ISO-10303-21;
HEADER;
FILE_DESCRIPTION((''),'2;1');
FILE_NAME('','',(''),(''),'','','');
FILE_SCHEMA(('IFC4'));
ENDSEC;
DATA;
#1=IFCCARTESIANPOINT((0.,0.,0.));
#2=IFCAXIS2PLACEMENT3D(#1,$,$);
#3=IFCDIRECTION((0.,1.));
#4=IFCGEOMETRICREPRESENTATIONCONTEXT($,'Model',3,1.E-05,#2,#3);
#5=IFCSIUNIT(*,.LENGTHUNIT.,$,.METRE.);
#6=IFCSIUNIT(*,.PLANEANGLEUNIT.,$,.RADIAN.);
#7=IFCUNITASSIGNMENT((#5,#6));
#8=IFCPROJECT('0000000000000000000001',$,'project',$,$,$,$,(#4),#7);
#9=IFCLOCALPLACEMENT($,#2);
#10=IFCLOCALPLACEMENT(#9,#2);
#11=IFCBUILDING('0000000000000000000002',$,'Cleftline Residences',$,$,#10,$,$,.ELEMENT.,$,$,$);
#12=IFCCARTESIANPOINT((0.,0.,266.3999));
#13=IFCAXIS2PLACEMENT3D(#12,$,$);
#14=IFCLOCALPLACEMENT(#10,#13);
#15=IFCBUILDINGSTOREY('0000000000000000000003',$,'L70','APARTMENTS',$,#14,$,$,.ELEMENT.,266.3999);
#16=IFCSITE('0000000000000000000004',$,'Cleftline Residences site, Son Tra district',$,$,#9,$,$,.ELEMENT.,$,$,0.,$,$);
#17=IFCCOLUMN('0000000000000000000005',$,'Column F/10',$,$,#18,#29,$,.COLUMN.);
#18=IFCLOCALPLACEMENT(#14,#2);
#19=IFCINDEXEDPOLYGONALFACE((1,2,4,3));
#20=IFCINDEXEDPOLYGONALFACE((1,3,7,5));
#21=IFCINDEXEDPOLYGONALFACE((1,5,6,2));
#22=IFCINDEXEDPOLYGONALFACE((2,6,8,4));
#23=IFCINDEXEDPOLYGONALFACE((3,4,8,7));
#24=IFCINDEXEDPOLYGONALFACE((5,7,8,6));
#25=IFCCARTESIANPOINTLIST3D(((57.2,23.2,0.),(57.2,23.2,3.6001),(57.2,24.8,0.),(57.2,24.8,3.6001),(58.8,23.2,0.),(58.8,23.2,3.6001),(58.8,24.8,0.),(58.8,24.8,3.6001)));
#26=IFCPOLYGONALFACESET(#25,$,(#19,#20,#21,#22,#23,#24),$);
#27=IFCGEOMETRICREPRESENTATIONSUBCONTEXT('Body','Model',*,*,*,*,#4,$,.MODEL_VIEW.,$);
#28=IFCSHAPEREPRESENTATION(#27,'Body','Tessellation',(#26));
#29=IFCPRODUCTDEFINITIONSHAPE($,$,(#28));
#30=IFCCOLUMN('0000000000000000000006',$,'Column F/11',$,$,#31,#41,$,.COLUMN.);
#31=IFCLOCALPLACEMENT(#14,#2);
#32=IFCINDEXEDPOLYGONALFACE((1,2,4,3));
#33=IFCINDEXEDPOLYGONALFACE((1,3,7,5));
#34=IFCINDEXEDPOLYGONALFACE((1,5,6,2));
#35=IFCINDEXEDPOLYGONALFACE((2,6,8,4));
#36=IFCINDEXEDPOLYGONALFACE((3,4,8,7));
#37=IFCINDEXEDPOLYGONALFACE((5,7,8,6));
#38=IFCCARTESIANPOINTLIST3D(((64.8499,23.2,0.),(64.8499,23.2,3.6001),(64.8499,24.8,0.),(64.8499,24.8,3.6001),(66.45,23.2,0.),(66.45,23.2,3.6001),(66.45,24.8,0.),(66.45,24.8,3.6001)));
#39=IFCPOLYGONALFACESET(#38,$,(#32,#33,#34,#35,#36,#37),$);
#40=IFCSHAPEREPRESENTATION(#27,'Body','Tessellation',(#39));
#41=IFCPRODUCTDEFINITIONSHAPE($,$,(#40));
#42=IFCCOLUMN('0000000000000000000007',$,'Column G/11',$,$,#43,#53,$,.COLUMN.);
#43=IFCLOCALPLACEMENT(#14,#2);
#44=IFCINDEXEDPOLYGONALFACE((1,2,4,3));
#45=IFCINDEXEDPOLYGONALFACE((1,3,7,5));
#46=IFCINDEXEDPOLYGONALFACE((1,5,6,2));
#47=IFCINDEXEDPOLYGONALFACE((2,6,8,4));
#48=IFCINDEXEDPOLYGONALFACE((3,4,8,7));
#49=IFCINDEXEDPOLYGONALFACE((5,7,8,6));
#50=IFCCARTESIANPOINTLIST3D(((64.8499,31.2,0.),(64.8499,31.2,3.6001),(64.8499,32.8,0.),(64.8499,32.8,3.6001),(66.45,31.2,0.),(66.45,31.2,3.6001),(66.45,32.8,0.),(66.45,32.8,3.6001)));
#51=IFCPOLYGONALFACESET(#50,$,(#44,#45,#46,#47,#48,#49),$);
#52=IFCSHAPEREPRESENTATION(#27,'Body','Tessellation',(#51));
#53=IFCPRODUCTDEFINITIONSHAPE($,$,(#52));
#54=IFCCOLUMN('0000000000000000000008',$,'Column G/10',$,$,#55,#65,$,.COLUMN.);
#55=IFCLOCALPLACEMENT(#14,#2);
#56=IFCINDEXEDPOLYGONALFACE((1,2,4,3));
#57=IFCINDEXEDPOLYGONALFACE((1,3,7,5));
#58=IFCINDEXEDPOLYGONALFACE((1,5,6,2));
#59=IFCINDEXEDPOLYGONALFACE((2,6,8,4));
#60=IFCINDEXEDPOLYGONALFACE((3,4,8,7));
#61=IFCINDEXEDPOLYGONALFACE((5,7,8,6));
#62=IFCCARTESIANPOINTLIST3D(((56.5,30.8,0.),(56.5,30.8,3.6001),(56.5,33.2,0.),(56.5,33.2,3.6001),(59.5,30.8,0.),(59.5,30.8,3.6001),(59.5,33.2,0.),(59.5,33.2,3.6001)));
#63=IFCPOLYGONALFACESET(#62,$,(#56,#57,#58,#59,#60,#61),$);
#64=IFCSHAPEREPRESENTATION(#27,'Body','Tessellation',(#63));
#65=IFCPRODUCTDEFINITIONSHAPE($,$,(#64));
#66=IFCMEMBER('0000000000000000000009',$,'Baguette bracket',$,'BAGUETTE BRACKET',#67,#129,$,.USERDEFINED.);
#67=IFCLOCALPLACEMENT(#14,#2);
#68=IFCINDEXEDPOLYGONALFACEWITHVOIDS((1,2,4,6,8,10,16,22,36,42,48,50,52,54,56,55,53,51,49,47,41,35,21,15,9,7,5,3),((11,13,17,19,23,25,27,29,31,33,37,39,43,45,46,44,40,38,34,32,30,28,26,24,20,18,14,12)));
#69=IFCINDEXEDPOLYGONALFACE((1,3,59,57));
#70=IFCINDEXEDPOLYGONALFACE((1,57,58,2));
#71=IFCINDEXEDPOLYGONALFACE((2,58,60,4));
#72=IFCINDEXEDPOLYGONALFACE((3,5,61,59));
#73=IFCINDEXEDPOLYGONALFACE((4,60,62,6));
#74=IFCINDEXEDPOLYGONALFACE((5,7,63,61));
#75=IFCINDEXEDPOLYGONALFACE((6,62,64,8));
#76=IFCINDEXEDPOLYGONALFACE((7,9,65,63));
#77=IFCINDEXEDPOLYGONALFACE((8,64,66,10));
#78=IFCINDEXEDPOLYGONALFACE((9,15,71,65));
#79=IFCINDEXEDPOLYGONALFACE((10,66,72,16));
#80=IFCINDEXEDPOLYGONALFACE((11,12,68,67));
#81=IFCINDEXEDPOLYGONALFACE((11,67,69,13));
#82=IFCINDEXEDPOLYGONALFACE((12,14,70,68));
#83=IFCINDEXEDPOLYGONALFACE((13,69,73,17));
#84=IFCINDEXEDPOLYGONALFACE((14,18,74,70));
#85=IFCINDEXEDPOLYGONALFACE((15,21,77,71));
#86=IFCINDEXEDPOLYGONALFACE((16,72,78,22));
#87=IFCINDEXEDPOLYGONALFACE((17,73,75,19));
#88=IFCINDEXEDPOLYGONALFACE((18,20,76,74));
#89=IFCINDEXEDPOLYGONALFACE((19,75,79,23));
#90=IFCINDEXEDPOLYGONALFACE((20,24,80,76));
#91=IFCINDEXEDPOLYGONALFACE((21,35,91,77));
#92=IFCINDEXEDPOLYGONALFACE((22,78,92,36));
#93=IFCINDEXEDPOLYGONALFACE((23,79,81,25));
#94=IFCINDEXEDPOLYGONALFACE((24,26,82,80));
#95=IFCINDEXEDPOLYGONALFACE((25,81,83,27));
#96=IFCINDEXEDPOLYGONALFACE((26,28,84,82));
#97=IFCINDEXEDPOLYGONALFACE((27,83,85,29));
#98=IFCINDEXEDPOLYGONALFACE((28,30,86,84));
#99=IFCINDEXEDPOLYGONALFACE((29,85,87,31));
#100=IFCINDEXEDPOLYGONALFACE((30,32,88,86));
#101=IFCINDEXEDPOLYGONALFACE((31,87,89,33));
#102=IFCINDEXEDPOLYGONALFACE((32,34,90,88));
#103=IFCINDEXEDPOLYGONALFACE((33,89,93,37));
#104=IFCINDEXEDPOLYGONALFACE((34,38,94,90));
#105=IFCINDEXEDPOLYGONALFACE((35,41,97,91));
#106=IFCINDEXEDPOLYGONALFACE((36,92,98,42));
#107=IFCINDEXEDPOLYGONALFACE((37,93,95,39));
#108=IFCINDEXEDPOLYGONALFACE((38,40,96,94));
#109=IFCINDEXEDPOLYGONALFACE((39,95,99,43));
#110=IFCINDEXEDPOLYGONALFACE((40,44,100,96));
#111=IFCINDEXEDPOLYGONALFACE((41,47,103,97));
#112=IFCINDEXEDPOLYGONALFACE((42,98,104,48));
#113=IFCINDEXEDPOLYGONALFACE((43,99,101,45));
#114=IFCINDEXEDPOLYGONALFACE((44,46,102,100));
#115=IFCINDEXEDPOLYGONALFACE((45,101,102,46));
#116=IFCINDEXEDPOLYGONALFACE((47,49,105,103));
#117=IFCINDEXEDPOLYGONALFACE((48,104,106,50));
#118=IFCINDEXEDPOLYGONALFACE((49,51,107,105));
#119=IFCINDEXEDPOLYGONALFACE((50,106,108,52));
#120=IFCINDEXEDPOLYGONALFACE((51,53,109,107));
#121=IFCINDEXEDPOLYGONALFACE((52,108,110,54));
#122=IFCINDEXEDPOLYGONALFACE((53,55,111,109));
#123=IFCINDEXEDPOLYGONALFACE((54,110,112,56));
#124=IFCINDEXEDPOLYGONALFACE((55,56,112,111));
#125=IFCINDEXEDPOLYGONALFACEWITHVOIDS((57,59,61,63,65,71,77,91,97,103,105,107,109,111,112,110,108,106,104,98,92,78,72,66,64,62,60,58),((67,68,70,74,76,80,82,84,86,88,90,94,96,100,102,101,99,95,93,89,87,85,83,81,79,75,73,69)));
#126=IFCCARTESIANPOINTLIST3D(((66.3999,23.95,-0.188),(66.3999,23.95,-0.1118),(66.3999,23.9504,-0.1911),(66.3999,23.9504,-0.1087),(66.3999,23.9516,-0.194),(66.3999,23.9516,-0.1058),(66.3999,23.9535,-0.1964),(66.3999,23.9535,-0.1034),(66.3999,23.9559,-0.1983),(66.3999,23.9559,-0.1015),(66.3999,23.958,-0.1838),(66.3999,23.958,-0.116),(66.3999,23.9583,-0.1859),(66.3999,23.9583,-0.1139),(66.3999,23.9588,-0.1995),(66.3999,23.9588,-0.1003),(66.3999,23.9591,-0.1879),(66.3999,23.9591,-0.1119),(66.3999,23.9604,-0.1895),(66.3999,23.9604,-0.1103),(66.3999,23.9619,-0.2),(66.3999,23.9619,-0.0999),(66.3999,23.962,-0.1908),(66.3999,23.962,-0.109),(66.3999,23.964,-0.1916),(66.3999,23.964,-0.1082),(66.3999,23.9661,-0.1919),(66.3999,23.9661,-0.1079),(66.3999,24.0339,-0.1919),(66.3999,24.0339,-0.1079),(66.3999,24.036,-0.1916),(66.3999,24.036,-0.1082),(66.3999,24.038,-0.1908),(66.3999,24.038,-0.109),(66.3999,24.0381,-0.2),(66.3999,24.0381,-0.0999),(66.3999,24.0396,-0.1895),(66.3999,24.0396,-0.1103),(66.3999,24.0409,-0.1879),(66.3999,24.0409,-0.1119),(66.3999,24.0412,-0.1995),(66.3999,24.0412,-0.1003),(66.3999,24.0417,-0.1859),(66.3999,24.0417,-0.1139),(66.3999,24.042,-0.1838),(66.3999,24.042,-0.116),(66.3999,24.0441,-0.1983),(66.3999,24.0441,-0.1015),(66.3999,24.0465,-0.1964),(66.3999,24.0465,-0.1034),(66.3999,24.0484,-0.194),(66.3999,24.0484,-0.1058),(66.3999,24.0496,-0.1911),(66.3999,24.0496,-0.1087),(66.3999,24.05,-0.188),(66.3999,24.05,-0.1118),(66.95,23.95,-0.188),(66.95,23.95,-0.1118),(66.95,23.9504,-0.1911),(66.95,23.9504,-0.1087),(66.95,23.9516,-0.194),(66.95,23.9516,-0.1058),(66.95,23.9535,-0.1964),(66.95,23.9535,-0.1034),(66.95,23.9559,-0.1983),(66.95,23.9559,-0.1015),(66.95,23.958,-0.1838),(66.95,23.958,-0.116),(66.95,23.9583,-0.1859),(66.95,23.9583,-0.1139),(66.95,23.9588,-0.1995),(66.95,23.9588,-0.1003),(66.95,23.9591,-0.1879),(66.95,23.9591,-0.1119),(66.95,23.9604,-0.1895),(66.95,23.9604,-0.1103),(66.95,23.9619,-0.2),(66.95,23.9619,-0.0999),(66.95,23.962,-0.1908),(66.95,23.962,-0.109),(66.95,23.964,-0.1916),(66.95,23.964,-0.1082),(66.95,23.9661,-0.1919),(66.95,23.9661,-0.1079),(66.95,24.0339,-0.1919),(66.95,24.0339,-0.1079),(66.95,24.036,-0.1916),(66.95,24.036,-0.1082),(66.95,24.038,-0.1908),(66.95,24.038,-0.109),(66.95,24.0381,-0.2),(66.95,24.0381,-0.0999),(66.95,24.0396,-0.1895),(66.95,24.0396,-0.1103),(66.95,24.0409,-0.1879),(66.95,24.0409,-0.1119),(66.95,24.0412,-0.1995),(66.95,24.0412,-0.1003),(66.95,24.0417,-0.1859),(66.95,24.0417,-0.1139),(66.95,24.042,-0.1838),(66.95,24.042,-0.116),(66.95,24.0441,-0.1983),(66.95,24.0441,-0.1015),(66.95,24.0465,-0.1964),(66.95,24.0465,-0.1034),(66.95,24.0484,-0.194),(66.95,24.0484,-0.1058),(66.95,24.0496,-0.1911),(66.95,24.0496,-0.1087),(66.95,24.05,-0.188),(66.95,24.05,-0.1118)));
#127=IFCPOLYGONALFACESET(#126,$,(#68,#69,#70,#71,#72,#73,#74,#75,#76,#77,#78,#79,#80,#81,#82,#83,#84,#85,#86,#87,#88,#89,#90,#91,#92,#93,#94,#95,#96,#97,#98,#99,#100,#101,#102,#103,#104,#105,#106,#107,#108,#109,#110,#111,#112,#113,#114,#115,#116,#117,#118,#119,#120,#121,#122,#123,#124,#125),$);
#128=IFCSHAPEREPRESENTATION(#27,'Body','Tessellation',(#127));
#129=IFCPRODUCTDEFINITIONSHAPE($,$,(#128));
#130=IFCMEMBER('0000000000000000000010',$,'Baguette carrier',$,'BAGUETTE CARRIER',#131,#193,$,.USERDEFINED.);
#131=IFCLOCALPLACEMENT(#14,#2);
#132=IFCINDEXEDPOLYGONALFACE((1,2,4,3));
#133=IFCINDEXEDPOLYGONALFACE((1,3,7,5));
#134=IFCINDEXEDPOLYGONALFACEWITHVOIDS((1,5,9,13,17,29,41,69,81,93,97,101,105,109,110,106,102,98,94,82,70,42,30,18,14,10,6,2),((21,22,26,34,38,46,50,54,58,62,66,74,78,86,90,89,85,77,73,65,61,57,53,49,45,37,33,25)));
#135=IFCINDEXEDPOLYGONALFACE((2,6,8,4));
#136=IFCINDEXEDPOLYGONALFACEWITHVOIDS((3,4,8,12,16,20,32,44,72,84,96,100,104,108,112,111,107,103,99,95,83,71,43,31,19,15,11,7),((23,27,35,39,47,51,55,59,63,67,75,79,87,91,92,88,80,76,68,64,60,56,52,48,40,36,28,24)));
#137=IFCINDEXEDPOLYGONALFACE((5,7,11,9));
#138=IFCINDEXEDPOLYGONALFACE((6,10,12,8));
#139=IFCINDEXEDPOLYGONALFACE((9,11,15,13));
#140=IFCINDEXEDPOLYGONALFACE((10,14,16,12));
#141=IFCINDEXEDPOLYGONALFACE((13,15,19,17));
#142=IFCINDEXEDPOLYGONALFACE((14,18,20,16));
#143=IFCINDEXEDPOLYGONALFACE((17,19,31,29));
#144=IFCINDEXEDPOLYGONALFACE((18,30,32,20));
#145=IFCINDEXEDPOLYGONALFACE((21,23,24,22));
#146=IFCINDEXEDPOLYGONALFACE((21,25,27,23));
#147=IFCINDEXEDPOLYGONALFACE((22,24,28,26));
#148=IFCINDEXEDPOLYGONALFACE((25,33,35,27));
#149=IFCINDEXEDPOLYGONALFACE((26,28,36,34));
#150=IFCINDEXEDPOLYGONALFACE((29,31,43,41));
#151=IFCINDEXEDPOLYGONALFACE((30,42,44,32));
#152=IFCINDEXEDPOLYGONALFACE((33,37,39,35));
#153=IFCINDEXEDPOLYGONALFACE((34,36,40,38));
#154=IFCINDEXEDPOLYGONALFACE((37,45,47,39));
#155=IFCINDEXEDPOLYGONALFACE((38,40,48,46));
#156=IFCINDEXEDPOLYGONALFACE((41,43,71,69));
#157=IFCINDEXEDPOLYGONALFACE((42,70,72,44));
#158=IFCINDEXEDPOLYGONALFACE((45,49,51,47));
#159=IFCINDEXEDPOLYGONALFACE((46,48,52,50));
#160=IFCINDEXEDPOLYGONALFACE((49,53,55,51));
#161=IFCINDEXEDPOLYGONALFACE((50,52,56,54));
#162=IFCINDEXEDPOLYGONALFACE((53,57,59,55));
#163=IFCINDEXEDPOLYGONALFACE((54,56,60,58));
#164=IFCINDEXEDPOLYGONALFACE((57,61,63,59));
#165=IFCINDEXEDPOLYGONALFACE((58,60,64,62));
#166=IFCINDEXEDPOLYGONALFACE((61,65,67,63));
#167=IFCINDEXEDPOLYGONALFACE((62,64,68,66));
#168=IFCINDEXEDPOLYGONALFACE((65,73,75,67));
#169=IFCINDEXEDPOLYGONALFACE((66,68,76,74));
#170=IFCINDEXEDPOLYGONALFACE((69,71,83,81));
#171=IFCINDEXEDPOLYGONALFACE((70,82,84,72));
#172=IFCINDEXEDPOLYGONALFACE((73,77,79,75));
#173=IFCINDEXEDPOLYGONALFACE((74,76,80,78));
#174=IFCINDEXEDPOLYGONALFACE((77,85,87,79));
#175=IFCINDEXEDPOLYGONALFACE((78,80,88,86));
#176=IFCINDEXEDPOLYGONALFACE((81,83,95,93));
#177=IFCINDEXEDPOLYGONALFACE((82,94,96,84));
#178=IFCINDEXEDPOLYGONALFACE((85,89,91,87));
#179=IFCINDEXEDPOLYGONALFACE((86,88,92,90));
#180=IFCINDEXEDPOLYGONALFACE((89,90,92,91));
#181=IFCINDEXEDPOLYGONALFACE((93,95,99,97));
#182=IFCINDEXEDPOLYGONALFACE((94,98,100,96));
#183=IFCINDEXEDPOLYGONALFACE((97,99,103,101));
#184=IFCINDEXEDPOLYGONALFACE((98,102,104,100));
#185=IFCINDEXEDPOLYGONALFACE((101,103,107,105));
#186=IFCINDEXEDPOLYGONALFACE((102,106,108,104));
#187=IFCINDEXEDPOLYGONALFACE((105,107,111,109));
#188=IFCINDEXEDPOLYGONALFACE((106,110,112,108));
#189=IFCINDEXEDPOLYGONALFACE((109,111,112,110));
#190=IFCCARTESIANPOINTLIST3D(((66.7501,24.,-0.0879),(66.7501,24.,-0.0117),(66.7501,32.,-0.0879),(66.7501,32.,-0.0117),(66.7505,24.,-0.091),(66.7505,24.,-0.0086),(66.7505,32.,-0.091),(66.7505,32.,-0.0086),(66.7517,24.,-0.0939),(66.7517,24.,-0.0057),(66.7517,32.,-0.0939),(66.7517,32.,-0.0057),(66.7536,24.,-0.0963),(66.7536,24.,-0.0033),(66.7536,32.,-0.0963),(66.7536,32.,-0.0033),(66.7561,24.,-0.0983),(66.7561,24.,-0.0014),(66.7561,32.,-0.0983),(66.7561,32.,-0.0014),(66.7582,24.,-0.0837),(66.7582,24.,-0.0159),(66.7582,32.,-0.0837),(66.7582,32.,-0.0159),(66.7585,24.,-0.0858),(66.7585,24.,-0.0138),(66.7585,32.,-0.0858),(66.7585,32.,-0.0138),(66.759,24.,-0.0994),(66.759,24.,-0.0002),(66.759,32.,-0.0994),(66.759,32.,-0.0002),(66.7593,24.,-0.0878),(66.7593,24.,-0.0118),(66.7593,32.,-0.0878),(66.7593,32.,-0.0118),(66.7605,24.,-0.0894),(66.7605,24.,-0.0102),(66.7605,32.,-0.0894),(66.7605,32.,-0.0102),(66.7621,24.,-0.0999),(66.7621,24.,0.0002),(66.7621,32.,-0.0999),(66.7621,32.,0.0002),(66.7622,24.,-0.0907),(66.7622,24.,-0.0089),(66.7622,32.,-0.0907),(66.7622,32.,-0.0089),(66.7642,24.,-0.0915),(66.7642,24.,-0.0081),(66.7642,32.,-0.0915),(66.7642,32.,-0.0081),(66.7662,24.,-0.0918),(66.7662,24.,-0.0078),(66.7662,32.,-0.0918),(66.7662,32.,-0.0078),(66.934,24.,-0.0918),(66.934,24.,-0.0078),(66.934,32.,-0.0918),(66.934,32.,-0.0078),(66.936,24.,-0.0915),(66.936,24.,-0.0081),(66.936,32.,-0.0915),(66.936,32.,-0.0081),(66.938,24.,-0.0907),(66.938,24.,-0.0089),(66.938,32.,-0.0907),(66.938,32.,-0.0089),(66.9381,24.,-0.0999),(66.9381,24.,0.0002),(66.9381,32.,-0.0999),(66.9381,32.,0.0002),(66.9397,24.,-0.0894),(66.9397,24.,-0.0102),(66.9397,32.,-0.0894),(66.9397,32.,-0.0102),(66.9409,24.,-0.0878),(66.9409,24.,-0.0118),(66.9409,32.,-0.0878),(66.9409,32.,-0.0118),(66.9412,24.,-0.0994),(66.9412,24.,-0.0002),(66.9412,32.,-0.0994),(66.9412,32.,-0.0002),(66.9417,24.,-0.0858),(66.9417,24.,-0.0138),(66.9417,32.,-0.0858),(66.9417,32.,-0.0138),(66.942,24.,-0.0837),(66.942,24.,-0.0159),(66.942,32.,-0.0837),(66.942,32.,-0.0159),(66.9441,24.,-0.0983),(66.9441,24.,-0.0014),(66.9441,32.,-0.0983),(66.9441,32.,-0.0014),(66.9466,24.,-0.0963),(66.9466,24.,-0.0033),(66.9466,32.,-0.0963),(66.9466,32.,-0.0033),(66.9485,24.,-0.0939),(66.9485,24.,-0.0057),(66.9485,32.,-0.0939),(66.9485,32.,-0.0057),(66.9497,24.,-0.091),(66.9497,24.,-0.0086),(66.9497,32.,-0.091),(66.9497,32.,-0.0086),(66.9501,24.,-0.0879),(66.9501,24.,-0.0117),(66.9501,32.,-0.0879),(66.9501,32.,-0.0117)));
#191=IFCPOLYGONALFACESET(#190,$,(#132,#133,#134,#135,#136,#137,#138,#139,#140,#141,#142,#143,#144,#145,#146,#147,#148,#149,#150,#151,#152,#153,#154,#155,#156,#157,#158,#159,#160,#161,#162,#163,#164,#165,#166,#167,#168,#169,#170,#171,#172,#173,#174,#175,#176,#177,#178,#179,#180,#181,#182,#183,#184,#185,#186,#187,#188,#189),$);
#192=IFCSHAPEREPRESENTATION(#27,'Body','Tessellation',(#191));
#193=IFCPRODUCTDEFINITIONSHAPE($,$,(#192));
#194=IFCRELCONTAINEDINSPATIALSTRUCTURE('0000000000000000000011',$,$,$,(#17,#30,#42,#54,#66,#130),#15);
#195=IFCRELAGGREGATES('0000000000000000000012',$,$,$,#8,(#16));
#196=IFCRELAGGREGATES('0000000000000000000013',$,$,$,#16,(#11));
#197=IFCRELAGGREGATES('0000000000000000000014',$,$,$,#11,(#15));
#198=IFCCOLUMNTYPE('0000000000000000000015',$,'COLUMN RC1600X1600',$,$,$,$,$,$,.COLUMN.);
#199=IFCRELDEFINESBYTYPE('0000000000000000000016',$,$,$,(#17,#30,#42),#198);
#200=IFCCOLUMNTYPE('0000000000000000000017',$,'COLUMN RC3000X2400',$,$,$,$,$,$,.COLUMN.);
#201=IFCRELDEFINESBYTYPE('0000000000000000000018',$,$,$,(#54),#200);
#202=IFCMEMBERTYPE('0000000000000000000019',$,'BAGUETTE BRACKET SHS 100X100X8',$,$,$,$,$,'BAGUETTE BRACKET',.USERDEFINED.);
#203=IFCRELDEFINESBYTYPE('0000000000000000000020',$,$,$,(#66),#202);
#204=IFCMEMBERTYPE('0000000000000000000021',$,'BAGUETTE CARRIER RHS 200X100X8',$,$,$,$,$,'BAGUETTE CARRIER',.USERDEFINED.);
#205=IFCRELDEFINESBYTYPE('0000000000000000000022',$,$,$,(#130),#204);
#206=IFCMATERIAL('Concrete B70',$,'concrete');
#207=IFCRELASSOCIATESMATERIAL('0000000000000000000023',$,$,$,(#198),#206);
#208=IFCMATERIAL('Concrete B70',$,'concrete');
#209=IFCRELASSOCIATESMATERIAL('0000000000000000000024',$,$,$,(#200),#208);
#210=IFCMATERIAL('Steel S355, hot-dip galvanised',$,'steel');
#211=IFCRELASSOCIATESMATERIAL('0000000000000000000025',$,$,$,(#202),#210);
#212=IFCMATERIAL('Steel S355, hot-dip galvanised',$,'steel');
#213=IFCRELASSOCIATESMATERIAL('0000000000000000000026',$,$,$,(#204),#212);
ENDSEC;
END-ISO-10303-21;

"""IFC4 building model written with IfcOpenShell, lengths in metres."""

from ifc_helpers import new_model, si_unit, direction, frame, origin, origin_2d, place, context, subcontext, project, spatial, rectangle, hollow_rectangle, extrude, material, material_profile, profile_set, type_object, element, save


model = new_model("IFC4")

# Units and contexts
model_context = context("Model", 3, precision=1e-05, world=origin(), true_north=direction((0.0, 1.0)))
body_context = subcontext(model_context, "Body", "Model", "MODEL_VIEW")
ifc_project = project(units=[si_unit("LENGTHUNIT", "METRE"), si_unit("PLANEANGLEUNIT", "RADIAN")], contexts=[model_context])

# Site, building, storey
site_placement = place(None, origin())
site = spatial("IfcSite", under=ifc_project, at=site_placement, Name="Cleftline Residences site, Son Tra district", CompositionType="ELEMENT", RefElevation=0.0)
building_placement = place(site_placement, origin())
building = spatial("IfcBuilding", under=site, at=building_placement, Name="Cleftline Residences", CompositionType="ELEMENT")
storey_placement = place(building_placement, frame((0.0, 0.0, 266.3999)))
storey = spatial("IfcBuildingStorey", under=building, at=storey_placement, Name="L70", Description="APARTMENTS", CompositionType="ELEMENT", Elevation=266.3999)

# Columns
ifc_material_1 = material(Name="Concrete B70", Category="concrete")
ifc_material_profile_1 = material_profile(ifc_material_1, rectangle(XDim=1.6001, YDim=1.6001, at=origin_2d()))
ifc_profile_set_1 = profile_set([ifc_material_profile_1], Name="Concrete B70")
column_type_1 = type_object("IfcColumnType", Name="COLUMN RC1600X1600", PredefinedType="COLUMN", material=ifc_profile_set_1)
for number, where, z_axis, x_axis, name in (
    (1, (58.0, 24.0, 0.0), (0.0, 0.0, 1.0), (1.0, 0.0, 0.0), "Column F/10"),
    (2, (65.6499, 24.0, 0.0), (0.0, 0.0, 1.0), (1.0, 0.0, 0.0), "Column F/11"),
    (3, (65.6499, 32.0, 0.0), (0.0, 0.0, 1.0), (1.0, 0.0, 0.0), "Column G/11"),
):
    element("IfcColumn", number, at=place(storey_placement, frame(where, z_axis=z_axis, x_axis=x_axis)), inside=storey, type_object=column_type_1, Name=name, PredefinedType="COLUMN", context=body_context, shape_type="SweptSolid", body=[
        extrude(rectangle(XDim=1.6001, YDim=1.6001, at=origin_2d()), origin(), (0.0, 0.0, 1.0), 3.6001),
    ])
ifc_material_2 = material(Name="Concrete B70", Category="concrete")
ifc_material_profile_2 = material_profile(ifc_material_2, rectangle(XDim=3.0, YDim=2.3999, at=origin_2d()))
ifc_profile_set_2 = profile_set([ifc_material_profile_2], Name="Concrete B70")
column_type_2 = type_object("IfcColumnType", Name="COLUMN RC3000X2400", PredefinedType="COLUMN", material=ifc_profile_set_2)
column_placement = place(storey_placement, frame((58.0, 32.0, 0.0), z_axis=(0.0, 0.0, 1.0), x_axis=(1.0, 0.0, 0.0)))
element("IfcColumn", 4, at=column_placement, inside=storey, type_object=column_type_2, Name="Column G/10", PredefinedType="COLUMN", context=body_context, shape_type="SweptSolid", body=[
    extrude(rectangle(XDim=3.0, YDim=2.3999, at=origin_2d()), origin(), (0.0, 0.0, 1.0), 3.6001),
])

# Members
ifc_material_3 = material(Name="Steel S355, hot-dip galvanised", Category="steel")
ifc_material_profile_3 = material_profile(ifc_material_3, hollow_rectangle(XDim=0.1001, YDim=0.1001, WallThickness=0.0081, InnerFilletRadius=0.0081, OuterFilletRadius=0.012, at=origin_2d()))
ifc_profile_set_3 = profile_set([ifc_material_profile_3], Name="Steel S355, hot-dip galvanised")
member_type_1 = type_object("IfcMemberType", Name="BAGUETTE BRACKET SHS 100X100X8", ElementType="BAGUETTE BRACKET", PredefinedType="USERDEFINED", material=ifc_profile_set_3)
member_1_placement = place(storey_placement, frame((66.3999, 24.0, -0.1499), z_axis=(1.0, 0.0, 0.0), x_axis=(0.0, 1.0, 0.0)))
element("IfcMember", 5, at=member_1_placement, inside=storey, type_object=member_type_1, Name="Baguette bracket", ObjectType="BAGUETTE BRACKET", PredefinedType="USERDEFINED", context=body_context, shape_type="SweptSolid", body=[
    extrude(hollow_rectangle(XDim=0.1001, YDim=0.1001, WallThickness=0.0081, InnerFilletRadius=0.0081, OuterFilletRadius=0.012, at=origin_2d()), origin(), (0.0, 0.0, 1.0), 0.55),
])
ifc_material_4 = material(Name="Steel S355, hot-dip galvanised", Category="steel")
ifc_material_profile_4 = material_profile(ifc_material_4, hollow_rectangle(XDim=0.1001, YDim=0.2, WallThickness=0.0081, InnerFilletRadius=0.0081, OuterFilletRadius=0.012, at=origin_2d()))
ifc_profile_set_4 = profile_set([ifc_material_profile_4], Name="Steel S355, hot-dip galvanised")
member_type_2 = type_object("IfcMemberType", Name="BAGUETTE CARRIER RHS 200X100X8", ElementType="BAGUETTE CARRIER", PredefinedType="USERDEFINED", material=ifc_profile_set_4)
member_2_placement = place(storey_placement, frame((66.8501, 24.0, -0.0498), z_axis=(0.0, 1.0, 0.0), x_axis=(0.0, 0.0, 1.0)))
element("IfcMember", 6, at=member_2_placement, inside=storey, type_object=member_type_2, Name="Baguette carrier", ObjectType="BAGUETTE CARRIER", PredefinedType="USERDEFINED", context=body_context, shape_type="SweptSolid", body=[
    extrude(hollow_rectangle(XDim=0.1001, YDim=0.2, WallThickness=0.0081, InnerFilletRadius=0.0081, OuterFilletRadius=0.012, at=origin_2d()), origin(), (0.0, 0.0, 1.0), 8.0),
])

save(model, "model.ifc")
